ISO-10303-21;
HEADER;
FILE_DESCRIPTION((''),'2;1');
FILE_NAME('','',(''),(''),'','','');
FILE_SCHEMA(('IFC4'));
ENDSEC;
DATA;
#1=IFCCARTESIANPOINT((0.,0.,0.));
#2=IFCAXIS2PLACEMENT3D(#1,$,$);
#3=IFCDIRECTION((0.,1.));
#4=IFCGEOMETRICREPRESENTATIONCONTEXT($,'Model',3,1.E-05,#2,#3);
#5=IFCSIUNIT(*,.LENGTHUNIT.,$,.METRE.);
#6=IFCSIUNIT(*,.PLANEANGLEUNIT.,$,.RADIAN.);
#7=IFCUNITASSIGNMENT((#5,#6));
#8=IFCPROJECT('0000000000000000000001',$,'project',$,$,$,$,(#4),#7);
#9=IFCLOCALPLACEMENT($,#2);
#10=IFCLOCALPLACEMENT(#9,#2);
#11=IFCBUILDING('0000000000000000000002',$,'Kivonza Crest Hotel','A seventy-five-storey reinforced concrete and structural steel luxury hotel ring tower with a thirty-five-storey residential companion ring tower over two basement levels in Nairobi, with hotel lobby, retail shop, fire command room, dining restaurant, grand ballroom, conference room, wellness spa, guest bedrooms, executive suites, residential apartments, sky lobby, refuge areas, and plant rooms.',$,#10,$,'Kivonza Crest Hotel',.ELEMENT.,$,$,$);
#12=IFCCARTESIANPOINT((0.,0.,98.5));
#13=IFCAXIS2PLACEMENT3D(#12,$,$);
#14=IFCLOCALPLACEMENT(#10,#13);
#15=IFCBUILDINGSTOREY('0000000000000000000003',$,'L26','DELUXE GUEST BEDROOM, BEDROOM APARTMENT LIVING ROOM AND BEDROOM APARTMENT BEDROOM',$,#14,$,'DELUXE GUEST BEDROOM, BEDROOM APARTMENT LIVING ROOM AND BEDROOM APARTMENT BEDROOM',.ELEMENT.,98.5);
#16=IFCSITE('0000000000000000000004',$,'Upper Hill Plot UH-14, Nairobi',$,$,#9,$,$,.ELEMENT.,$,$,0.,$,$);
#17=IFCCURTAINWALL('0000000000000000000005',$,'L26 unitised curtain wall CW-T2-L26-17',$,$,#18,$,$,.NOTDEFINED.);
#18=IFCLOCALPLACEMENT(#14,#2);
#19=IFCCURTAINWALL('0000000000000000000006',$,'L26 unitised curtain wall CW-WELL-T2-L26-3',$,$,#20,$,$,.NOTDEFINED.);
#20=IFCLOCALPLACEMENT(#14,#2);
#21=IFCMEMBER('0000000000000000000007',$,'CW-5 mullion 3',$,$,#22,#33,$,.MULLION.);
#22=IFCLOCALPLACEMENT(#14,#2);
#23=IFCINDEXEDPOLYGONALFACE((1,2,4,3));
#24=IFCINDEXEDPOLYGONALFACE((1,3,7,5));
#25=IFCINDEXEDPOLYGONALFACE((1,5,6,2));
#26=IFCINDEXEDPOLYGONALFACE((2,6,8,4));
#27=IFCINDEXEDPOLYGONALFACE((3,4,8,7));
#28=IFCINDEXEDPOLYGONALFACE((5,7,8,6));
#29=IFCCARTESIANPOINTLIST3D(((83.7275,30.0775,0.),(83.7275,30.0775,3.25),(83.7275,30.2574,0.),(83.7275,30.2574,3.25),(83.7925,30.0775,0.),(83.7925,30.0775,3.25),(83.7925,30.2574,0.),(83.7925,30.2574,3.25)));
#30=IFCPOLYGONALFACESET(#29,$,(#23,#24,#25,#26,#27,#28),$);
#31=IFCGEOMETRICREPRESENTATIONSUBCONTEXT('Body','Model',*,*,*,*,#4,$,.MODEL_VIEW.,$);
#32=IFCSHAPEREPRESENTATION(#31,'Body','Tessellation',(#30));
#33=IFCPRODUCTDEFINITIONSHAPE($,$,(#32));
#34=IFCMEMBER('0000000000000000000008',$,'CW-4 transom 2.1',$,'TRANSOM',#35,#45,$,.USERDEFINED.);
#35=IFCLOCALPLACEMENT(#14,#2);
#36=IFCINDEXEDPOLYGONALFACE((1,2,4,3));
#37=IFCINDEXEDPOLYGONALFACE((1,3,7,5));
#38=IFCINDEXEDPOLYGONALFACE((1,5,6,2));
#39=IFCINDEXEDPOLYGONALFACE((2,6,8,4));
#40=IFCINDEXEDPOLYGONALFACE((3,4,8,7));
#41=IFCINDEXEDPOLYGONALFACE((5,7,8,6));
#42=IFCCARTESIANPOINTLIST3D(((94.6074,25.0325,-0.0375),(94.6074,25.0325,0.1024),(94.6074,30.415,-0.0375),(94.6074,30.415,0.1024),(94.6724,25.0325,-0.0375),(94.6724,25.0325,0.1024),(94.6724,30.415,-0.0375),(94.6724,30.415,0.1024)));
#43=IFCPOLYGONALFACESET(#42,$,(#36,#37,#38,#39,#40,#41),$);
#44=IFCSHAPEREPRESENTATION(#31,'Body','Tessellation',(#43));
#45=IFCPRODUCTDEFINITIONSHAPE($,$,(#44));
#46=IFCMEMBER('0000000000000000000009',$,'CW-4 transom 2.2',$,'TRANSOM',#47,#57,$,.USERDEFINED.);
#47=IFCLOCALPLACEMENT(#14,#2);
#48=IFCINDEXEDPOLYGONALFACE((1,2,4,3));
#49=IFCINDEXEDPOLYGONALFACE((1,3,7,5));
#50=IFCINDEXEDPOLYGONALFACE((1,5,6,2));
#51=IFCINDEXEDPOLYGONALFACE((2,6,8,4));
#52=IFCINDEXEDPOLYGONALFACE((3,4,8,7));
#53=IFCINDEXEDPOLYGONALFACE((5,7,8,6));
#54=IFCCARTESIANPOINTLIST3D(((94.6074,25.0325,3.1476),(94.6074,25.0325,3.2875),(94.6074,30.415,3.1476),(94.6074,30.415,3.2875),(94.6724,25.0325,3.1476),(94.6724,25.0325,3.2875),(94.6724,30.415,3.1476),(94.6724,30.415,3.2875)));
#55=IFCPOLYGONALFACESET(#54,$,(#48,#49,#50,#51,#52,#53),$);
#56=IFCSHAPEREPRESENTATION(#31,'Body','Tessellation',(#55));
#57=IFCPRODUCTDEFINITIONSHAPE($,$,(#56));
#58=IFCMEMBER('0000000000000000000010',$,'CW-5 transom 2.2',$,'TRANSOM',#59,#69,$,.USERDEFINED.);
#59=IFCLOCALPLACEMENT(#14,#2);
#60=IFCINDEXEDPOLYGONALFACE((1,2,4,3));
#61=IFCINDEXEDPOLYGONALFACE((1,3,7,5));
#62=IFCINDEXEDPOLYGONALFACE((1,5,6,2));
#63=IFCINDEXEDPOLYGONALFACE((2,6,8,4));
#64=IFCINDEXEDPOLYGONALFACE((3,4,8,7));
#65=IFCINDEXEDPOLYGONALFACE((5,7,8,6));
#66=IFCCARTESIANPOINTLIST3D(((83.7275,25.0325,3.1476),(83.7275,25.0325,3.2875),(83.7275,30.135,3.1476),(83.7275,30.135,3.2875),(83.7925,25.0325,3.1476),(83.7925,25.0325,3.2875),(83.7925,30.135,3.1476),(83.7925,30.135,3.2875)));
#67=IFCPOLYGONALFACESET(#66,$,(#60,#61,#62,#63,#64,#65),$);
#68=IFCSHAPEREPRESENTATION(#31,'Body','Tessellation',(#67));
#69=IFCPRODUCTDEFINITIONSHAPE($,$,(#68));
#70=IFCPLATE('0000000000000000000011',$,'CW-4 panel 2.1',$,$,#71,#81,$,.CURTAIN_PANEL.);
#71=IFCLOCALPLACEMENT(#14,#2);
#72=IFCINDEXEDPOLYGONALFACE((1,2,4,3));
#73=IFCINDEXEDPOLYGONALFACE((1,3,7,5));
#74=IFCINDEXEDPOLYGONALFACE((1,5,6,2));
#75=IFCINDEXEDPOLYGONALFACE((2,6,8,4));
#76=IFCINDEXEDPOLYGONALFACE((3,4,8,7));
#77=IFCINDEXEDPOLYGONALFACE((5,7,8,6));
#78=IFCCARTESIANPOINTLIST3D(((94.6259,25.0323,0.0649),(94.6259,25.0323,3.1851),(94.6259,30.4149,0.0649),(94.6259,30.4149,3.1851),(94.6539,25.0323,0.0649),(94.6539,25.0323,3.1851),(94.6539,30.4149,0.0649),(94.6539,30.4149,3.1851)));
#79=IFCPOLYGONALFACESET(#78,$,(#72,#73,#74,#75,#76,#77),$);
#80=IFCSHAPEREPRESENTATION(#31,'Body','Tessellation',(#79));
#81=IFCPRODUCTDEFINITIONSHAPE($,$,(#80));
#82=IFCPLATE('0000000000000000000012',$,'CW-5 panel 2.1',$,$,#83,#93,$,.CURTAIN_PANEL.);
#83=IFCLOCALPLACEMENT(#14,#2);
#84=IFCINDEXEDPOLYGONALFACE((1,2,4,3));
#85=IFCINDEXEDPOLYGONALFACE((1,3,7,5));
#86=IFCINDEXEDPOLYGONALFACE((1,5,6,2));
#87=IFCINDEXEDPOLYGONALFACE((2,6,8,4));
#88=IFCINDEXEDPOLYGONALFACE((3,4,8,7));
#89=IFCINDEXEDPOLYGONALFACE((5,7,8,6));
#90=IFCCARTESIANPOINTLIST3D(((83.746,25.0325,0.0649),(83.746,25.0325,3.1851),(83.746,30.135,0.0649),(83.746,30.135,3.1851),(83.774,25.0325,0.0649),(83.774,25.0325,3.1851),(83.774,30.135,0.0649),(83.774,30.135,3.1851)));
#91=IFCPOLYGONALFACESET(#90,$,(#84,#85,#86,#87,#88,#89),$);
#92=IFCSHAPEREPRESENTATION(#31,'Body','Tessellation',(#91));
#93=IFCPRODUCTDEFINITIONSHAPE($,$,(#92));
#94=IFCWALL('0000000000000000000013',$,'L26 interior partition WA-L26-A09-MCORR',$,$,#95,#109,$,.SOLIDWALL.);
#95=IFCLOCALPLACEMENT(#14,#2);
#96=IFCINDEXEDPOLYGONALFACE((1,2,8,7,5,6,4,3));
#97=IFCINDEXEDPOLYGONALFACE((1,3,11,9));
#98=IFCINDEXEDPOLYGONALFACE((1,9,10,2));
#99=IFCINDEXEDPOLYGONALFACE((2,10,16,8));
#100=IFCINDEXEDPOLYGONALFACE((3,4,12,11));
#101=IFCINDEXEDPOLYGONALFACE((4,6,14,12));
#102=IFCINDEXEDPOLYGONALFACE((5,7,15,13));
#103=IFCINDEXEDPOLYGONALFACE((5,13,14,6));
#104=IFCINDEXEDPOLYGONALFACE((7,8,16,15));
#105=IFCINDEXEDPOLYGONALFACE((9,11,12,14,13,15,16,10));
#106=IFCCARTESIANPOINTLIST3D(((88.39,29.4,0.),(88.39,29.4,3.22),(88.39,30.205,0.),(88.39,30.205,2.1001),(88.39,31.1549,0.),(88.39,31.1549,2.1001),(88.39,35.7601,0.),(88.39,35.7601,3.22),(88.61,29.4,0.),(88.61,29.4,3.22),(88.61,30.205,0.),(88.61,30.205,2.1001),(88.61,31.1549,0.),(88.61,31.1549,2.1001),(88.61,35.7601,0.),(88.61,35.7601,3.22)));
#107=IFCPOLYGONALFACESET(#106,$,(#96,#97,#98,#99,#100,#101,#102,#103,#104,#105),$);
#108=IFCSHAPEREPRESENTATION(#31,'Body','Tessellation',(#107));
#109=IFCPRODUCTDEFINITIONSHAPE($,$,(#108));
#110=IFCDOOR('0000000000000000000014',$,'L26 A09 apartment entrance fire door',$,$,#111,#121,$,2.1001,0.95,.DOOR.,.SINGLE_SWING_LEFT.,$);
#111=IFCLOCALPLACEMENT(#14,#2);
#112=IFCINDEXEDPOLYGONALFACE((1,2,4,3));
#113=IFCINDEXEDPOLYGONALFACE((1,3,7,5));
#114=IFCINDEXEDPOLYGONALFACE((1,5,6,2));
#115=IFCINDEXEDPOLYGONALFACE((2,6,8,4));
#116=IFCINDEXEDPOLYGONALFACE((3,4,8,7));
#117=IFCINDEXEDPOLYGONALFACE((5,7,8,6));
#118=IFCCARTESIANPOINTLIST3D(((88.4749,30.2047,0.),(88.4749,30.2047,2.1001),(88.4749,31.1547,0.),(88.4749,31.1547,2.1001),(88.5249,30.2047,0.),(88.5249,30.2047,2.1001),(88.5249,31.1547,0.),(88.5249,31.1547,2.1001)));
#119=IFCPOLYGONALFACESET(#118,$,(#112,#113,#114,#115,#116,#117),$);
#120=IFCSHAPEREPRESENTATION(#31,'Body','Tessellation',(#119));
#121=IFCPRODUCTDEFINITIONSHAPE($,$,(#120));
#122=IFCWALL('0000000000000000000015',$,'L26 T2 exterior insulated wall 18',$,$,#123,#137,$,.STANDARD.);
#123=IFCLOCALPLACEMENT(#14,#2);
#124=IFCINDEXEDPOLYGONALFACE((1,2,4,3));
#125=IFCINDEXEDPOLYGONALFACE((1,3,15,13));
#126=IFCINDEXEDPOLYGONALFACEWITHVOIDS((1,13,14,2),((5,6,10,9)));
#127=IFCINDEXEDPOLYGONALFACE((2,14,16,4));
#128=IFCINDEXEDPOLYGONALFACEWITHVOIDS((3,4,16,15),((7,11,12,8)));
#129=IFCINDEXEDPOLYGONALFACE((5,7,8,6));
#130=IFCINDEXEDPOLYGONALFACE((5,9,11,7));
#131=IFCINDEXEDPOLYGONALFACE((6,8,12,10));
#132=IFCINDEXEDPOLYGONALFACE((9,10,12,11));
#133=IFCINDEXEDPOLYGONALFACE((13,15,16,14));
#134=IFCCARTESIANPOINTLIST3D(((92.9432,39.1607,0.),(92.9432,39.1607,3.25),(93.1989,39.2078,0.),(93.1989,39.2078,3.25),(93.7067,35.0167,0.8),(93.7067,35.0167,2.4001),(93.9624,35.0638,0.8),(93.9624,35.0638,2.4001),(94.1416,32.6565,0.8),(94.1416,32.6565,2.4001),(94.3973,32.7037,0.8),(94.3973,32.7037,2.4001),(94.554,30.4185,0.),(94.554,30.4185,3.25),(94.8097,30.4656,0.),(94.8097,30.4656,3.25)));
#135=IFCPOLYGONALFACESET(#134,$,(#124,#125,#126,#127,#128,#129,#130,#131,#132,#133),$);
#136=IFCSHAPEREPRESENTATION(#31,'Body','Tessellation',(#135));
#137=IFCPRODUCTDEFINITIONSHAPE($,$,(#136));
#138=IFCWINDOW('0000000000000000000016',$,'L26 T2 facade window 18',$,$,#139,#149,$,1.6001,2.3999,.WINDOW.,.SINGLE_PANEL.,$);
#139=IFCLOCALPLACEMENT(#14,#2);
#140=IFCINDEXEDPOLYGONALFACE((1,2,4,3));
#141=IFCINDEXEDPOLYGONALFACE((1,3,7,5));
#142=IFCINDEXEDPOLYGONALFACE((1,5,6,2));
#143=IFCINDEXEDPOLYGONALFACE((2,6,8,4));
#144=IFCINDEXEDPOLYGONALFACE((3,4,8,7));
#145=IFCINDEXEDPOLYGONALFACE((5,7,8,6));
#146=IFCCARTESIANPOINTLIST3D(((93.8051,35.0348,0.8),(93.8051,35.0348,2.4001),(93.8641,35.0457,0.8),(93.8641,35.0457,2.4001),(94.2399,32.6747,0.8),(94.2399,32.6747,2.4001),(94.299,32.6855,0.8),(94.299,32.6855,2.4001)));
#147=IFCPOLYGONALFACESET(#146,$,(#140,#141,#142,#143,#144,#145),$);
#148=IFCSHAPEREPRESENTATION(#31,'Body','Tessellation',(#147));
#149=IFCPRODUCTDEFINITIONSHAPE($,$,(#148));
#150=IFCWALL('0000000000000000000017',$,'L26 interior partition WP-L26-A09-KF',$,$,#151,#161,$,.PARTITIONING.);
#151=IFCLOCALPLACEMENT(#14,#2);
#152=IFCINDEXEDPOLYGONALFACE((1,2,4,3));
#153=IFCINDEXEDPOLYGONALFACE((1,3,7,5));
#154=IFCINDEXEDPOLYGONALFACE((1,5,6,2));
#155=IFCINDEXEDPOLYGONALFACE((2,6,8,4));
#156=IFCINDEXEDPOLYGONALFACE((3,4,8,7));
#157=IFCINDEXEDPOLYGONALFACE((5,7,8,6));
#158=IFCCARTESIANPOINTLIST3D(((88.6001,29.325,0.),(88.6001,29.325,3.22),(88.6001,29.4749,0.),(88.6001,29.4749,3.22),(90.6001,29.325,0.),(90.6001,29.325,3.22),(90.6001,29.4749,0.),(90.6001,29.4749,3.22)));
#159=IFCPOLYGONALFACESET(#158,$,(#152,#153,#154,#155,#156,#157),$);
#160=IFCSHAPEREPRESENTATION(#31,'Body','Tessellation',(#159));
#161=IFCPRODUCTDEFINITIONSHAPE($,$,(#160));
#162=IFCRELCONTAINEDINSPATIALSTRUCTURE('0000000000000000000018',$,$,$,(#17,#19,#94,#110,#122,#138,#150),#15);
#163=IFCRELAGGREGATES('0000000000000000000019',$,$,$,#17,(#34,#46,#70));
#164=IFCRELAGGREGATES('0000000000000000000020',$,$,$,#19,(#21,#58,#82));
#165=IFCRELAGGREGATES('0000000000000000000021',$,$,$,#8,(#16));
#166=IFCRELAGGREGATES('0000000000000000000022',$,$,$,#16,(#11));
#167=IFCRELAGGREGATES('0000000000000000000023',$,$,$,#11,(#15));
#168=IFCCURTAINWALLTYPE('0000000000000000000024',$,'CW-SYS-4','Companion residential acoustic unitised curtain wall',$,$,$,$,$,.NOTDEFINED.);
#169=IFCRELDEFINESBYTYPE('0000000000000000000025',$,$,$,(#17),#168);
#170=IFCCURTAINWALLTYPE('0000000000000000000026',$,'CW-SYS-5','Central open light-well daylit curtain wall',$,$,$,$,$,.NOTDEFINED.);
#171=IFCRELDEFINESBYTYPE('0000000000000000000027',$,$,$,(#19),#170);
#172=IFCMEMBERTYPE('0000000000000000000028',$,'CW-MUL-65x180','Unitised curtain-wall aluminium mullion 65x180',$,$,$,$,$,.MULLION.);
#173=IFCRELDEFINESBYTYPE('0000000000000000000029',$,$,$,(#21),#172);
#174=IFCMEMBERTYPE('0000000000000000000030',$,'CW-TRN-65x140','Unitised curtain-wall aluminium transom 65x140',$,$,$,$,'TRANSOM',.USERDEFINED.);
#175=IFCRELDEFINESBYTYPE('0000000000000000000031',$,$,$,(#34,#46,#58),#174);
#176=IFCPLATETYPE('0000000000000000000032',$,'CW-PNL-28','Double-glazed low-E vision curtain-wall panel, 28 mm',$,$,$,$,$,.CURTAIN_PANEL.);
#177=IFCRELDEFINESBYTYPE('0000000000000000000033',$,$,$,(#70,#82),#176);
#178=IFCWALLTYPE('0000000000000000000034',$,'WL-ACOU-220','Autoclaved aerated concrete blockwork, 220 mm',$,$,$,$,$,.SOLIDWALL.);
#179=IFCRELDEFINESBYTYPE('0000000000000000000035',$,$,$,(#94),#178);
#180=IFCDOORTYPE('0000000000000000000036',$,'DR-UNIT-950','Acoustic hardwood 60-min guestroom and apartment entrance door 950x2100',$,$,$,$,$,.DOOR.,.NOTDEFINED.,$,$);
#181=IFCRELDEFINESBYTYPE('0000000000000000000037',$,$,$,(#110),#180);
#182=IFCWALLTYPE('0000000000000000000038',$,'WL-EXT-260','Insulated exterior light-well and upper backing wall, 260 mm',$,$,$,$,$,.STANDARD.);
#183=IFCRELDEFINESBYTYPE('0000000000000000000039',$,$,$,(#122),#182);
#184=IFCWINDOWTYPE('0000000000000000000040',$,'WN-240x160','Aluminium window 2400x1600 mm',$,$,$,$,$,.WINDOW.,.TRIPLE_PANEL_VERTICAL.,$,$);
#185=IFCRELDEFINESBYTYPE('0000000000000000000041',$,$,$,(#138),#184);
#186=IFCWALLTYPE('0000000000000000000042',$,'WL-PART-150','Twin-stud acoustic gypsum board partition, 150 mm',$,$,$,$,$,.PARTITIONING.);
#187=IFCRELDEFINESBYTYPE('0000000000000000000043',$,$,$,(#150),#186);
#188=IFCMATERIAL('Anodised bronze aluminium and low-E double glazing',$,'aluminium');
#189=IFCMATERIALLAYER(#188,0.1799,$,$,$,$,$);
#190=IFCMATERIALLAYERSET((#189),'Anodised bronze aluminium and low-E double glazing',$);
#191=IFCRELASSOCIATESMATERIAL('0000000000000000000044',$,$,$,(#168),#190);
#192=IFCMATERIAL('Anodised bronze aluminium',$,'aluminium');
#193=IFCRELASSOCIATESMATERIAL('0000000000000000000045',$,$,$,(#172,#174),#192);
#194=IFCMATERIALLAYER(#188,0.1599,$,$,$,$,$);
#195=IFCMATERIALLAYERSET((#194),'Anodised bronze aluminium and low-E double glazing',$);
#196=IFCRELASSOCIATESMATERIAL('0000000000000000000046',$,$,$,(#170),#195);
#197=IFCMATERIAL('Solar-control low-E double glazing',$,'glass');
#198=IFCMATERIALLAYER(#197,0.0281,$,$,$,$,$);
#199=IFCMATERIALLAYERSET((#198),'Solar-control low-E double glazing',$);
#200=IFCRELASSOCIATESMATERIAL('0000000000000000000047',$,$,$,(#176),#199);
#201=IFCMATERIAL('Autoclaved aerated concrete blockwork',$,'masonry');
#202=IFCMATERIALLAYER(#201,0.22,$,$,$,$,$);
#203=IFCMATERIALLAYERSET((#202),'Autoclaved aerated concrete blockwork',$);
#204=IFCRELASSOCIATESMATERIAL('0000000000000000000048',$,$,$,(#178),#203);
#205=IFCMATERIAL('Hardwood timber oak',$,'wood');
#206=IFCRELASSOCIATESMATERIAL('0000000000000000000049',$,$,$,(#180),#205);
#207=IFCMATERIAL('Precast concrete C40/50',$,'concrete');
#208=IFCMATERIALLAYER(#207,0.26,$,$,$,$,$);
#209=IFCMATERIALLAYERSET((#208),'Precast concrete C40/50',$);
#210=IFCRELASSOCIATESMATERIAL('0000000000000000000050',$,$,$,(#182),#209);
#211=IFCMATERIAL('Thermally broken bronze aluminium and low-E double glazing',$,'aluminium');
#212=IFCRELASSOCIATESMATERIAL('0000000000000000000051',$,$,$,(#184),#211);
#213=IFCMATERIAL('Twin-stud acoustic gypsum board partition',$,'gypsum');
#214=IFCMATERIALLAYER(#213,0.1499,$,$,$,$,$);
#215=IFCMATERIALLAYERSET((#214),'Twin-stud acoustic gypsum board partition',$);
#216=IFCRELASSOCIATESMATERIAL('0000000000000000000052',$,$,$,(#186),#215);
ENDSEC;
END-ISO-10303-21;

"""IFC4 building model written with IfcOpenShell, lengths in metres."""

from ifc_helpers import new_model, si_unit, direction, frame, frame_2d, origin, origin_2d, place, context, subcontext, project, spatial, rectangle, extrude, material, layer, layer_set, material_profile, profile_set, type_object, element, fill, aggregate, save


model = new_model("IFC4")

# Units and contexts
model_context = context("Model", 3, precision=1e-05, world=origin(), true_north=direction((0.0, 1.0)))
body_context = subcontext(model_context, "Body", "Model", "MODEL_VIEW")
ifc_project = project(units=[si_unit("LENGTHUNIT", "METRE"), si_unit("PLANEANGLEUNIT", "RADIAN")], contexts=[model_context])

# Site, building, storey
site_placement = place(None, origin())
site = spatial("IfcSite", under=ifc_project, at=site_placement, Name="Upper Hill Plot UH-14, Nairobi", CompositionType="ELEMENT", RefElevation=0.0)
building_placement = place(site_placement, origin())
building = spatial("IfcBuilding", under=site, at=building_placement, Name="Kivonza Crest Hotel", Description="A seventy-five-storey reinforced concrete and structural steel luxury hotel ring tower with a thirty-five-storey residential companion ring tower over two basement levels in Nairobi, with hotel lobby, retail shop, fire command room, dining restaurant, grand ballroom, conference room, wellness spa, guest bedrooms, executive suites, residential apartments, sky lobby, refuge areas, and plant rooms.", LongName="Kivonza Crest Hotel", CompositionType="ELEMENT")
storey_placement = place(building_placement, frame((0.0, 0.0, 98.5)))
storey = spatial("IfcBuildingStorey", under=building, at=storey_placement, Name="L26", Description="DELUXE GUEST BEDROOM, BEDROOM APARTMENT LIVING ROOM AND BEDROOM APARTMENT BEDROOM", LongName="DELUXE GUEST BEDROOM, BEDROOM APARTMENT LIVING ROOM AND BEDROOM APARTMENT BEDROOM", CompositionType="ELEMENT", Elevation=98.5)

# Curtain walls, member
ifc_material_1 = material(Name="Anodised bronze aluminium and low-E double glazing", Category="aluminium")
ifc_layer_1 = layer(ifc_material_1, 0.1799)
ifc_layer_set_1 = layer_set([ifc_layer_1], Name="Anodised bronze aluminium and low-E double glazing")
curtain_wall_type_1 = type_object("IfcCurtainWallType", Name="CW-SYS-4", Description="Companion residential acoustic unitised curtain wall", PredefinedType="NOTDEFINED", material=ifc_layer_set_1)
curtain_wall_1_placement = place(storey_placement, origin())
curtain_wall_1 = element("IfcCurtainWall", 1, at=curtain_wall_1_placement, inside=storey, type_object=curtain_wall_type_1, Name="L26 unitised curtain wall CW-T2-L26-17", PredefinedType="NOTDEFINED")
ifc_material_2 = material(Name="Anodised bronze aluminium", Category="aluminium")
ifc_material_profile_1 = material_profile(ifc_material_2, rectangle(XDim=0.0649, YDim=0.1799, at=origin_2d()), Name="CW-M 65x180")
ifc_profile_set_1 = profile_set([ifc_material_profile_1], Name="Anodised bronze aluminium")
member_type_1 = type_object("IfcMemberType", Name="CW-MUL-65x180", Description="Unitised curtain-wall aluminium mullion 65x180", PredefinedType="MULLION", material=ifc_profile_set_1)
ifc_layer_2 = layer(ifc_material_1, 0.1599)
ifc_layer_set_2 = layer_set([ifc_layer_2], Name="Anodised bronze aluminium and low-E double glazing")
curtain_wall_type_2 = type_object("IfcCurtainWallType", Name="CW-SYS-5", Description="Central open light-well daylit curtain wall", PredefinedType="NOTDEFINED", material=ifc_layer_set_2)
curtain_wall_2_placement = place(storey_placement, origin())
curtain_wall_2 = element("IfcCurtainWall", 2, at=curtain_wall_2_placement, inside=storey, type_object=curtain_wall_type_2, Name="L26 unitised curtain wall CW-WELL-T2-L26-3", PredefinedType="NOTDEFINED")
member_1_placement = place(storey_placement, frame((83.76, 30.1675, 0.0), z_axis=(0.0, 0.0, 1.0), x_axis=(-1.0, 0.0, 0.0)))
member_1 = element("IfcMember", 3, at=member_1_placement, type_object=member_type_1, Name="CW-5 mullion 3", PredefinedType="MULLION", context=body_context, shape_type="SweptSolid", body=[
    extrude(rectangle(XDim=0.0649, YDim=0.1799, at=origin_2d()), origin(), (0.0, 0.0, 1.0), 3.25),
])

# Members
ifc_material_profile_2 = material_profile(ifc_material_2, rectangle(XDim=0.0649, YDim=0.1399, at=origin_2d()), Name="CW-T 65x140")
ifc_profile_set_2 = profile_set([ifc_material_profile_2], Name="Anodised bronze aluminium")
member_type_2 = type_object("IfcMemberType", Name="CW-TRN-65x140", Description="Unitised curtain-wall aluminium transom 65x140", ElementType="TRANSOM", PredefinedType="USERDEFINED", material=ifc_profile_set_2)
member_2_placement = place(storey_placement, frame((94.6399, 25.0325, 0.0325), z_axis=(0.0, 1.0, 0.0), x_axis=(-1.0, 0.0, 0.0)))
member_2 = element("IfcMember", 4, at=member_2_placement, type_object=member_type_2, Name="CW-4 transom 2.1", ObjectType="TRANSOM", PredefinedType="USERDEFINED", context=body_context, shape_type="SweptSolid", body=[
    extrude(rectangle(XDim=0.0649, YDim=0.1399, at=origin_2d()), origin(), (0.0, 0.0, 1.0), 5.3826),
])
member_3_placement = place(storey_placement, frame((94.6399, 25.0325, 3.2175), z_axis=(0.0, 1.0, 0.0), x_axis=(-1.0, 0.0, 0.0)))
member_3 = element("IfcMember", 5, at=member_3_placement, type_object=member_type_2, Name="CW-4 transom 2.2", ObjectType="TRANSOM", PredefinedType="USERDEFINED", context=body_context, shape_type="SweptSolid", body=[
    extrude(rectangle(XDim=0.0649, YDim=0.1399, at=origin_2d()), origin(), (0.0, 0.0, 1.0), 5.3826),
])
member_4_placement = place(storey_placement, frame((83.76, 25.0325, 3.2175), z_axis=(0.0, 1.0, 0.0), x_axis=(-1.0, 0.0, 0.0)))
member_4 = element("IfcMember", 6, at=member_4_placement, type_object=member_type_2, Name="CW-5 transom 2.2", ObjectType="TRANSOM", PredefinedType="USERDEFINED", context=body_context, shape_type="SweptSolid", body=[
    extrude(rectangle(XDim=0.0649, YDim=0.1399, at=origin_2d()), origin(), (0.0, 0.0, 1.0), 5.1025),
])

# Plates
ifc_material_3 = material(Name="Solar-control low-E double glazing", Category="glass")
ifc_layer_3 = layer(ifc_material_3, 0.0281)
ifc_layer_set_3 = layer_set([ifc_layer_3], Name="Solar-control low-E double glazing")
plate_type = type_object("IfcPlateType", Name="CW-PNL-28", Description="Double-glazed low-E vision curtain-wall panel, 28 mm", PredefinedType="CURTAIN_PANEL", material=ifc_layer_set_3)
plate_1_placement = place(storey_placement, frame((94.6399, 27.7236, 0.0649), z_axis=(0.0, 0.0, 1.0), x_axis=(0.0, 1.0, 0.0)))
plate_1 = element("IfcPlate", 7, at=plate_1_placement, type_object=plate_type, Name="CW-4 panel 2.1", PredefinedType="CURTAIN_PANEL", context=body_context, shape_type="SweptSolid", body=[
    extrude(rectangle(XDim=5.3826, YDim=0.0281, at=origin_2d()), origin(), (0.0, 0.0, 1.0), 3.1201),
])
aggregate(curtain_wall_1, [member_2, member_3, plate_1])
plate_2_placement = place(storey_placement, frame((83.76, 27.5837, 0.0649), z_axis=(0.0, 0.0, 1.0), x_axis=(0.0, 1.0, 0.0)))
plate_2 = element("IfcPlate", 8, at=plate_2_placement, type_object=plate_type, Name="CW-5 panel 2.1", PredefinedType="CURTAIN_PANEL", context=body_context, shape_type="SweptSolid", body=[
    extrude(rectangle(XDim=5.1025, YDim=0.0281, at=origin_2d()), origin(), (0.0, 0.0, 1.0), 3.1201),
])
aggregate(curtain_wall_2, [member_1, member_4, plate_2])

# Wall, opening, door
ifc_material_4 = material(Name="Autoclaved aerated concrete blockwork", Category="masonry")
ifc_layer_4 = layer(ifc_material_4, 0.22)
ifc_layer_set_4 = layer_set([ifc_layer_4], Name="Autoclaved aerated concrete blockwork")
wall_type_1 = type_object("IfcWallType", Name="WL-ACOU-220", Description="Autoclaved aerated concrete blockwork, 220 mm", PredefinedType="SOLIDWALL", material=ifc_layer_set_4)
wall_1_placement = place(storey_placement, frame((88.5, 29.3999, 0.0), z_axis=(0.0, 0.0, 1.0), x_axis=(0.0, 1.0, 0.0)))
wall_1 = element("IfcWall", 9, at=wall_1_placement, inside=storey, type_object=wall_type_1, Name="L26 interior partition WA-L26-A09-MCORR", PredefinedType="SOLIDWALL", context=body_context, shape_type="SweptSolid", body=[
    extrude(rectangle(XDim=6.3601, YDim=0.22, at=frame_2d((3.1802, 0.0))), origin(), (0.0, 0.0, 1.0), 3.22),
])
opening_1_placement = place(wall_1_placement, frame((0.8049, 0.0, 0.0)))
opening_1 = element("IfcOpeningElement", 10, at=opening_1_placement, cuts=wall_1, PredefinedType="OPENING", context=body_context, shape_type="SweptSolid", body=[
    extrude(rectangle(XDim=0.95, YDim=2.1001, at=frame_2d((0.4751, 1.05))), frame((0.0, 0.1201, 0.0), z_axis=(0.0, -1.0, 0.0), x_axis=(1.0, 0.0, 0.0)), (0.0, 0.0, 1.0), 0.24),
])
ifc_material_5 = material(Name="Hardwood timber oak", Category="wood")
door_type_1 = type_object("IfcDoorType", Name="DR-UNIT-950", Description="Acoustic hardwood 60-min guestroom and apartment entrance door 950x2100", OperationType="NOTDEFINED", PredefinedType="DOOR", material=ifc_material_5)
door_1_placement = place(opening_1_placement, frame((0.95, 0.0, 0.0), z_axis=(0.0, 0.0, 1.0), x_axis=(-1.0, 0.0, 0.0)))
door_1 = element("IfcDoor", 11, at=door_1_placement, inside=storey, type_object=door_type_1, Name="L26 A09 apartment entrance fire door", OperationType="SINGLE_SWING_LEFT", OverallHeight=2.1001, OverallWidth=0.95, PredefinedType="DOOR", context=body_context, shape_type="SweptSolid", body=[
    extrude(rectangle(XDim=0.95, YDim=2.1001, at=frame_2d((0.4751, 1.05))), frame((0.0, 0.0249, 0.0), z_axis=(0.0, -1.0, 0.0), x_axis=(1.0, 0.0, 0.0)), (0.0, 0.0, 1.0), 0.05),
])
fill(opening_1, door_1)

# Wall, opening, window
ifc_material_6 = material(Name="Precast concrete C40/50", Category="concrete")
ifc_layer_5 = layer(ifc_material_6, 0.26)
ifc_layer_set_5 = layer_set([ifc_layer_5], Name="Precast concrete C40/50")
wall_type_2 = type_object("IfcWallType", Name="WL-EXT-260", Description="Insulated exterior light-well and upper backing wall, 260 mm", PredefinedType="STANDARD", material=ifc_layer_set_5)
wall_2_placement = place(storey_placement, frame((94.6819, 30.4419, 0.0), z_axis=(0.0, 0.0, 1.0), x_axis=(-0.18121, 0.983444, 0.0)))
wall_2 = element("IfcWall", 12, at=wall_2_placement, inside=storey, type_object=wall_type_2, Name="L26 T2 exterior insulated wall 18", PredefinedType="STANDARD", context=body_context, shape_type="SweptSolid", body=[
    extrude(rectangle(XDim=8.8894, YDim=0.26, at=frame_2d((4.4448, 0.0))), origin(), (0.0, 0.0, 1.0), 3.25),
])
opening_2_placement = place(wall_2_placement, frame((2.2759, 0.0, 0.8)))
opening_2 = element("IfcOpeningElement", 13, at=opening_2_placement, cuts=wall_2, PredefinedType="OPENING", context=body_context, shape_type="SweptSolid", body=[
    extrude(rectangle(XDim=2.3999, YDim=1.6001, at=frame_2d((1.2, 0.8))), frame((0.0, 0.1401, 0.0), z_axis=(0.0, -1.0, 0.0), x_axis=(1.0, 0.0, 0.0)), (0.0, 0.0, 1.0), 0.28),
])
ifc_material_7 = material(Name="Thermally broken bronze aluminium and low-E double glazing", Category="aluminium")
window_type = type_object("IfcWindowType", Name="WN-240x160", Description="Aluminium window 2400x1600 mm", PartitioningType="TRIPLE_PANEL_VERTICAL", PredefinedType="WINDOW", material=ifc_material_7)
window_placement = place(opening_2_placement, origin())
window = element("IfcWindow", 14, at=window_placement, inside=storey, type_object=window_type, Name="L26 T2 facade window 18", OverallHeight=1.6001, OverallWidth=2.3999, PartitioningType="SINGLE_PANEL", PredefinedType="WINDOW", context=body_context, shape_type="SweptSolid", body=[
    extrude(rectangle(XDim=2.3999, YDim=1.6001, at=frame_2d((1.2, 0.8))), frame((0.0, 0.03, 0.0), z_axis=(0.0, -1.0, 0.0), x_axis=(1.0, 0.0, 0.0)), (0.0, 0.0, 1.0), 0.0601),
])
fill(opening_2, window)

# Wall
ifc_material_8 = material(Name="Twin-stud acoustic gypsum board partition", Category="gypsum")
ifc_layer_6 = layer(ifc_material_8, 0.1499)
ifc_layer_set_6 = layer_set([ifc_layer_6], Name="Twin-stud acoustic gypsum board partition")
wall_type_3 = type_object("IfcWallType", Name="WL-PART-150", Description="Twin-stud acoustic gypsum board partition, 150 mm", PredefinedType="PARTITIONING", material=ifc_layer_set_6)
wall_3_placement = place(storey_placement, frame((88.6001, 29.3999, 0.0), z_axis=(0.0, 0.0, 1.0), x_axis=(1.0, 0.0, 0.0)))
element("IfcWall", 15, at=wall_3_placement, inside=storey, type_object=wall_type_3, Name="L26 interior partition WP-L26-A09-KF", PredefinedType="PARTITIONING", context=body_context, shape_type="SweptSolid", body=[
    extrude(rectangle(XDim=2.0, YDim=0.1499, at=frame_2d((1.0, 0.0))), origin(), (0.0, 0.0, 1.0), 3.22),
])

save(model, "model.ifc")
